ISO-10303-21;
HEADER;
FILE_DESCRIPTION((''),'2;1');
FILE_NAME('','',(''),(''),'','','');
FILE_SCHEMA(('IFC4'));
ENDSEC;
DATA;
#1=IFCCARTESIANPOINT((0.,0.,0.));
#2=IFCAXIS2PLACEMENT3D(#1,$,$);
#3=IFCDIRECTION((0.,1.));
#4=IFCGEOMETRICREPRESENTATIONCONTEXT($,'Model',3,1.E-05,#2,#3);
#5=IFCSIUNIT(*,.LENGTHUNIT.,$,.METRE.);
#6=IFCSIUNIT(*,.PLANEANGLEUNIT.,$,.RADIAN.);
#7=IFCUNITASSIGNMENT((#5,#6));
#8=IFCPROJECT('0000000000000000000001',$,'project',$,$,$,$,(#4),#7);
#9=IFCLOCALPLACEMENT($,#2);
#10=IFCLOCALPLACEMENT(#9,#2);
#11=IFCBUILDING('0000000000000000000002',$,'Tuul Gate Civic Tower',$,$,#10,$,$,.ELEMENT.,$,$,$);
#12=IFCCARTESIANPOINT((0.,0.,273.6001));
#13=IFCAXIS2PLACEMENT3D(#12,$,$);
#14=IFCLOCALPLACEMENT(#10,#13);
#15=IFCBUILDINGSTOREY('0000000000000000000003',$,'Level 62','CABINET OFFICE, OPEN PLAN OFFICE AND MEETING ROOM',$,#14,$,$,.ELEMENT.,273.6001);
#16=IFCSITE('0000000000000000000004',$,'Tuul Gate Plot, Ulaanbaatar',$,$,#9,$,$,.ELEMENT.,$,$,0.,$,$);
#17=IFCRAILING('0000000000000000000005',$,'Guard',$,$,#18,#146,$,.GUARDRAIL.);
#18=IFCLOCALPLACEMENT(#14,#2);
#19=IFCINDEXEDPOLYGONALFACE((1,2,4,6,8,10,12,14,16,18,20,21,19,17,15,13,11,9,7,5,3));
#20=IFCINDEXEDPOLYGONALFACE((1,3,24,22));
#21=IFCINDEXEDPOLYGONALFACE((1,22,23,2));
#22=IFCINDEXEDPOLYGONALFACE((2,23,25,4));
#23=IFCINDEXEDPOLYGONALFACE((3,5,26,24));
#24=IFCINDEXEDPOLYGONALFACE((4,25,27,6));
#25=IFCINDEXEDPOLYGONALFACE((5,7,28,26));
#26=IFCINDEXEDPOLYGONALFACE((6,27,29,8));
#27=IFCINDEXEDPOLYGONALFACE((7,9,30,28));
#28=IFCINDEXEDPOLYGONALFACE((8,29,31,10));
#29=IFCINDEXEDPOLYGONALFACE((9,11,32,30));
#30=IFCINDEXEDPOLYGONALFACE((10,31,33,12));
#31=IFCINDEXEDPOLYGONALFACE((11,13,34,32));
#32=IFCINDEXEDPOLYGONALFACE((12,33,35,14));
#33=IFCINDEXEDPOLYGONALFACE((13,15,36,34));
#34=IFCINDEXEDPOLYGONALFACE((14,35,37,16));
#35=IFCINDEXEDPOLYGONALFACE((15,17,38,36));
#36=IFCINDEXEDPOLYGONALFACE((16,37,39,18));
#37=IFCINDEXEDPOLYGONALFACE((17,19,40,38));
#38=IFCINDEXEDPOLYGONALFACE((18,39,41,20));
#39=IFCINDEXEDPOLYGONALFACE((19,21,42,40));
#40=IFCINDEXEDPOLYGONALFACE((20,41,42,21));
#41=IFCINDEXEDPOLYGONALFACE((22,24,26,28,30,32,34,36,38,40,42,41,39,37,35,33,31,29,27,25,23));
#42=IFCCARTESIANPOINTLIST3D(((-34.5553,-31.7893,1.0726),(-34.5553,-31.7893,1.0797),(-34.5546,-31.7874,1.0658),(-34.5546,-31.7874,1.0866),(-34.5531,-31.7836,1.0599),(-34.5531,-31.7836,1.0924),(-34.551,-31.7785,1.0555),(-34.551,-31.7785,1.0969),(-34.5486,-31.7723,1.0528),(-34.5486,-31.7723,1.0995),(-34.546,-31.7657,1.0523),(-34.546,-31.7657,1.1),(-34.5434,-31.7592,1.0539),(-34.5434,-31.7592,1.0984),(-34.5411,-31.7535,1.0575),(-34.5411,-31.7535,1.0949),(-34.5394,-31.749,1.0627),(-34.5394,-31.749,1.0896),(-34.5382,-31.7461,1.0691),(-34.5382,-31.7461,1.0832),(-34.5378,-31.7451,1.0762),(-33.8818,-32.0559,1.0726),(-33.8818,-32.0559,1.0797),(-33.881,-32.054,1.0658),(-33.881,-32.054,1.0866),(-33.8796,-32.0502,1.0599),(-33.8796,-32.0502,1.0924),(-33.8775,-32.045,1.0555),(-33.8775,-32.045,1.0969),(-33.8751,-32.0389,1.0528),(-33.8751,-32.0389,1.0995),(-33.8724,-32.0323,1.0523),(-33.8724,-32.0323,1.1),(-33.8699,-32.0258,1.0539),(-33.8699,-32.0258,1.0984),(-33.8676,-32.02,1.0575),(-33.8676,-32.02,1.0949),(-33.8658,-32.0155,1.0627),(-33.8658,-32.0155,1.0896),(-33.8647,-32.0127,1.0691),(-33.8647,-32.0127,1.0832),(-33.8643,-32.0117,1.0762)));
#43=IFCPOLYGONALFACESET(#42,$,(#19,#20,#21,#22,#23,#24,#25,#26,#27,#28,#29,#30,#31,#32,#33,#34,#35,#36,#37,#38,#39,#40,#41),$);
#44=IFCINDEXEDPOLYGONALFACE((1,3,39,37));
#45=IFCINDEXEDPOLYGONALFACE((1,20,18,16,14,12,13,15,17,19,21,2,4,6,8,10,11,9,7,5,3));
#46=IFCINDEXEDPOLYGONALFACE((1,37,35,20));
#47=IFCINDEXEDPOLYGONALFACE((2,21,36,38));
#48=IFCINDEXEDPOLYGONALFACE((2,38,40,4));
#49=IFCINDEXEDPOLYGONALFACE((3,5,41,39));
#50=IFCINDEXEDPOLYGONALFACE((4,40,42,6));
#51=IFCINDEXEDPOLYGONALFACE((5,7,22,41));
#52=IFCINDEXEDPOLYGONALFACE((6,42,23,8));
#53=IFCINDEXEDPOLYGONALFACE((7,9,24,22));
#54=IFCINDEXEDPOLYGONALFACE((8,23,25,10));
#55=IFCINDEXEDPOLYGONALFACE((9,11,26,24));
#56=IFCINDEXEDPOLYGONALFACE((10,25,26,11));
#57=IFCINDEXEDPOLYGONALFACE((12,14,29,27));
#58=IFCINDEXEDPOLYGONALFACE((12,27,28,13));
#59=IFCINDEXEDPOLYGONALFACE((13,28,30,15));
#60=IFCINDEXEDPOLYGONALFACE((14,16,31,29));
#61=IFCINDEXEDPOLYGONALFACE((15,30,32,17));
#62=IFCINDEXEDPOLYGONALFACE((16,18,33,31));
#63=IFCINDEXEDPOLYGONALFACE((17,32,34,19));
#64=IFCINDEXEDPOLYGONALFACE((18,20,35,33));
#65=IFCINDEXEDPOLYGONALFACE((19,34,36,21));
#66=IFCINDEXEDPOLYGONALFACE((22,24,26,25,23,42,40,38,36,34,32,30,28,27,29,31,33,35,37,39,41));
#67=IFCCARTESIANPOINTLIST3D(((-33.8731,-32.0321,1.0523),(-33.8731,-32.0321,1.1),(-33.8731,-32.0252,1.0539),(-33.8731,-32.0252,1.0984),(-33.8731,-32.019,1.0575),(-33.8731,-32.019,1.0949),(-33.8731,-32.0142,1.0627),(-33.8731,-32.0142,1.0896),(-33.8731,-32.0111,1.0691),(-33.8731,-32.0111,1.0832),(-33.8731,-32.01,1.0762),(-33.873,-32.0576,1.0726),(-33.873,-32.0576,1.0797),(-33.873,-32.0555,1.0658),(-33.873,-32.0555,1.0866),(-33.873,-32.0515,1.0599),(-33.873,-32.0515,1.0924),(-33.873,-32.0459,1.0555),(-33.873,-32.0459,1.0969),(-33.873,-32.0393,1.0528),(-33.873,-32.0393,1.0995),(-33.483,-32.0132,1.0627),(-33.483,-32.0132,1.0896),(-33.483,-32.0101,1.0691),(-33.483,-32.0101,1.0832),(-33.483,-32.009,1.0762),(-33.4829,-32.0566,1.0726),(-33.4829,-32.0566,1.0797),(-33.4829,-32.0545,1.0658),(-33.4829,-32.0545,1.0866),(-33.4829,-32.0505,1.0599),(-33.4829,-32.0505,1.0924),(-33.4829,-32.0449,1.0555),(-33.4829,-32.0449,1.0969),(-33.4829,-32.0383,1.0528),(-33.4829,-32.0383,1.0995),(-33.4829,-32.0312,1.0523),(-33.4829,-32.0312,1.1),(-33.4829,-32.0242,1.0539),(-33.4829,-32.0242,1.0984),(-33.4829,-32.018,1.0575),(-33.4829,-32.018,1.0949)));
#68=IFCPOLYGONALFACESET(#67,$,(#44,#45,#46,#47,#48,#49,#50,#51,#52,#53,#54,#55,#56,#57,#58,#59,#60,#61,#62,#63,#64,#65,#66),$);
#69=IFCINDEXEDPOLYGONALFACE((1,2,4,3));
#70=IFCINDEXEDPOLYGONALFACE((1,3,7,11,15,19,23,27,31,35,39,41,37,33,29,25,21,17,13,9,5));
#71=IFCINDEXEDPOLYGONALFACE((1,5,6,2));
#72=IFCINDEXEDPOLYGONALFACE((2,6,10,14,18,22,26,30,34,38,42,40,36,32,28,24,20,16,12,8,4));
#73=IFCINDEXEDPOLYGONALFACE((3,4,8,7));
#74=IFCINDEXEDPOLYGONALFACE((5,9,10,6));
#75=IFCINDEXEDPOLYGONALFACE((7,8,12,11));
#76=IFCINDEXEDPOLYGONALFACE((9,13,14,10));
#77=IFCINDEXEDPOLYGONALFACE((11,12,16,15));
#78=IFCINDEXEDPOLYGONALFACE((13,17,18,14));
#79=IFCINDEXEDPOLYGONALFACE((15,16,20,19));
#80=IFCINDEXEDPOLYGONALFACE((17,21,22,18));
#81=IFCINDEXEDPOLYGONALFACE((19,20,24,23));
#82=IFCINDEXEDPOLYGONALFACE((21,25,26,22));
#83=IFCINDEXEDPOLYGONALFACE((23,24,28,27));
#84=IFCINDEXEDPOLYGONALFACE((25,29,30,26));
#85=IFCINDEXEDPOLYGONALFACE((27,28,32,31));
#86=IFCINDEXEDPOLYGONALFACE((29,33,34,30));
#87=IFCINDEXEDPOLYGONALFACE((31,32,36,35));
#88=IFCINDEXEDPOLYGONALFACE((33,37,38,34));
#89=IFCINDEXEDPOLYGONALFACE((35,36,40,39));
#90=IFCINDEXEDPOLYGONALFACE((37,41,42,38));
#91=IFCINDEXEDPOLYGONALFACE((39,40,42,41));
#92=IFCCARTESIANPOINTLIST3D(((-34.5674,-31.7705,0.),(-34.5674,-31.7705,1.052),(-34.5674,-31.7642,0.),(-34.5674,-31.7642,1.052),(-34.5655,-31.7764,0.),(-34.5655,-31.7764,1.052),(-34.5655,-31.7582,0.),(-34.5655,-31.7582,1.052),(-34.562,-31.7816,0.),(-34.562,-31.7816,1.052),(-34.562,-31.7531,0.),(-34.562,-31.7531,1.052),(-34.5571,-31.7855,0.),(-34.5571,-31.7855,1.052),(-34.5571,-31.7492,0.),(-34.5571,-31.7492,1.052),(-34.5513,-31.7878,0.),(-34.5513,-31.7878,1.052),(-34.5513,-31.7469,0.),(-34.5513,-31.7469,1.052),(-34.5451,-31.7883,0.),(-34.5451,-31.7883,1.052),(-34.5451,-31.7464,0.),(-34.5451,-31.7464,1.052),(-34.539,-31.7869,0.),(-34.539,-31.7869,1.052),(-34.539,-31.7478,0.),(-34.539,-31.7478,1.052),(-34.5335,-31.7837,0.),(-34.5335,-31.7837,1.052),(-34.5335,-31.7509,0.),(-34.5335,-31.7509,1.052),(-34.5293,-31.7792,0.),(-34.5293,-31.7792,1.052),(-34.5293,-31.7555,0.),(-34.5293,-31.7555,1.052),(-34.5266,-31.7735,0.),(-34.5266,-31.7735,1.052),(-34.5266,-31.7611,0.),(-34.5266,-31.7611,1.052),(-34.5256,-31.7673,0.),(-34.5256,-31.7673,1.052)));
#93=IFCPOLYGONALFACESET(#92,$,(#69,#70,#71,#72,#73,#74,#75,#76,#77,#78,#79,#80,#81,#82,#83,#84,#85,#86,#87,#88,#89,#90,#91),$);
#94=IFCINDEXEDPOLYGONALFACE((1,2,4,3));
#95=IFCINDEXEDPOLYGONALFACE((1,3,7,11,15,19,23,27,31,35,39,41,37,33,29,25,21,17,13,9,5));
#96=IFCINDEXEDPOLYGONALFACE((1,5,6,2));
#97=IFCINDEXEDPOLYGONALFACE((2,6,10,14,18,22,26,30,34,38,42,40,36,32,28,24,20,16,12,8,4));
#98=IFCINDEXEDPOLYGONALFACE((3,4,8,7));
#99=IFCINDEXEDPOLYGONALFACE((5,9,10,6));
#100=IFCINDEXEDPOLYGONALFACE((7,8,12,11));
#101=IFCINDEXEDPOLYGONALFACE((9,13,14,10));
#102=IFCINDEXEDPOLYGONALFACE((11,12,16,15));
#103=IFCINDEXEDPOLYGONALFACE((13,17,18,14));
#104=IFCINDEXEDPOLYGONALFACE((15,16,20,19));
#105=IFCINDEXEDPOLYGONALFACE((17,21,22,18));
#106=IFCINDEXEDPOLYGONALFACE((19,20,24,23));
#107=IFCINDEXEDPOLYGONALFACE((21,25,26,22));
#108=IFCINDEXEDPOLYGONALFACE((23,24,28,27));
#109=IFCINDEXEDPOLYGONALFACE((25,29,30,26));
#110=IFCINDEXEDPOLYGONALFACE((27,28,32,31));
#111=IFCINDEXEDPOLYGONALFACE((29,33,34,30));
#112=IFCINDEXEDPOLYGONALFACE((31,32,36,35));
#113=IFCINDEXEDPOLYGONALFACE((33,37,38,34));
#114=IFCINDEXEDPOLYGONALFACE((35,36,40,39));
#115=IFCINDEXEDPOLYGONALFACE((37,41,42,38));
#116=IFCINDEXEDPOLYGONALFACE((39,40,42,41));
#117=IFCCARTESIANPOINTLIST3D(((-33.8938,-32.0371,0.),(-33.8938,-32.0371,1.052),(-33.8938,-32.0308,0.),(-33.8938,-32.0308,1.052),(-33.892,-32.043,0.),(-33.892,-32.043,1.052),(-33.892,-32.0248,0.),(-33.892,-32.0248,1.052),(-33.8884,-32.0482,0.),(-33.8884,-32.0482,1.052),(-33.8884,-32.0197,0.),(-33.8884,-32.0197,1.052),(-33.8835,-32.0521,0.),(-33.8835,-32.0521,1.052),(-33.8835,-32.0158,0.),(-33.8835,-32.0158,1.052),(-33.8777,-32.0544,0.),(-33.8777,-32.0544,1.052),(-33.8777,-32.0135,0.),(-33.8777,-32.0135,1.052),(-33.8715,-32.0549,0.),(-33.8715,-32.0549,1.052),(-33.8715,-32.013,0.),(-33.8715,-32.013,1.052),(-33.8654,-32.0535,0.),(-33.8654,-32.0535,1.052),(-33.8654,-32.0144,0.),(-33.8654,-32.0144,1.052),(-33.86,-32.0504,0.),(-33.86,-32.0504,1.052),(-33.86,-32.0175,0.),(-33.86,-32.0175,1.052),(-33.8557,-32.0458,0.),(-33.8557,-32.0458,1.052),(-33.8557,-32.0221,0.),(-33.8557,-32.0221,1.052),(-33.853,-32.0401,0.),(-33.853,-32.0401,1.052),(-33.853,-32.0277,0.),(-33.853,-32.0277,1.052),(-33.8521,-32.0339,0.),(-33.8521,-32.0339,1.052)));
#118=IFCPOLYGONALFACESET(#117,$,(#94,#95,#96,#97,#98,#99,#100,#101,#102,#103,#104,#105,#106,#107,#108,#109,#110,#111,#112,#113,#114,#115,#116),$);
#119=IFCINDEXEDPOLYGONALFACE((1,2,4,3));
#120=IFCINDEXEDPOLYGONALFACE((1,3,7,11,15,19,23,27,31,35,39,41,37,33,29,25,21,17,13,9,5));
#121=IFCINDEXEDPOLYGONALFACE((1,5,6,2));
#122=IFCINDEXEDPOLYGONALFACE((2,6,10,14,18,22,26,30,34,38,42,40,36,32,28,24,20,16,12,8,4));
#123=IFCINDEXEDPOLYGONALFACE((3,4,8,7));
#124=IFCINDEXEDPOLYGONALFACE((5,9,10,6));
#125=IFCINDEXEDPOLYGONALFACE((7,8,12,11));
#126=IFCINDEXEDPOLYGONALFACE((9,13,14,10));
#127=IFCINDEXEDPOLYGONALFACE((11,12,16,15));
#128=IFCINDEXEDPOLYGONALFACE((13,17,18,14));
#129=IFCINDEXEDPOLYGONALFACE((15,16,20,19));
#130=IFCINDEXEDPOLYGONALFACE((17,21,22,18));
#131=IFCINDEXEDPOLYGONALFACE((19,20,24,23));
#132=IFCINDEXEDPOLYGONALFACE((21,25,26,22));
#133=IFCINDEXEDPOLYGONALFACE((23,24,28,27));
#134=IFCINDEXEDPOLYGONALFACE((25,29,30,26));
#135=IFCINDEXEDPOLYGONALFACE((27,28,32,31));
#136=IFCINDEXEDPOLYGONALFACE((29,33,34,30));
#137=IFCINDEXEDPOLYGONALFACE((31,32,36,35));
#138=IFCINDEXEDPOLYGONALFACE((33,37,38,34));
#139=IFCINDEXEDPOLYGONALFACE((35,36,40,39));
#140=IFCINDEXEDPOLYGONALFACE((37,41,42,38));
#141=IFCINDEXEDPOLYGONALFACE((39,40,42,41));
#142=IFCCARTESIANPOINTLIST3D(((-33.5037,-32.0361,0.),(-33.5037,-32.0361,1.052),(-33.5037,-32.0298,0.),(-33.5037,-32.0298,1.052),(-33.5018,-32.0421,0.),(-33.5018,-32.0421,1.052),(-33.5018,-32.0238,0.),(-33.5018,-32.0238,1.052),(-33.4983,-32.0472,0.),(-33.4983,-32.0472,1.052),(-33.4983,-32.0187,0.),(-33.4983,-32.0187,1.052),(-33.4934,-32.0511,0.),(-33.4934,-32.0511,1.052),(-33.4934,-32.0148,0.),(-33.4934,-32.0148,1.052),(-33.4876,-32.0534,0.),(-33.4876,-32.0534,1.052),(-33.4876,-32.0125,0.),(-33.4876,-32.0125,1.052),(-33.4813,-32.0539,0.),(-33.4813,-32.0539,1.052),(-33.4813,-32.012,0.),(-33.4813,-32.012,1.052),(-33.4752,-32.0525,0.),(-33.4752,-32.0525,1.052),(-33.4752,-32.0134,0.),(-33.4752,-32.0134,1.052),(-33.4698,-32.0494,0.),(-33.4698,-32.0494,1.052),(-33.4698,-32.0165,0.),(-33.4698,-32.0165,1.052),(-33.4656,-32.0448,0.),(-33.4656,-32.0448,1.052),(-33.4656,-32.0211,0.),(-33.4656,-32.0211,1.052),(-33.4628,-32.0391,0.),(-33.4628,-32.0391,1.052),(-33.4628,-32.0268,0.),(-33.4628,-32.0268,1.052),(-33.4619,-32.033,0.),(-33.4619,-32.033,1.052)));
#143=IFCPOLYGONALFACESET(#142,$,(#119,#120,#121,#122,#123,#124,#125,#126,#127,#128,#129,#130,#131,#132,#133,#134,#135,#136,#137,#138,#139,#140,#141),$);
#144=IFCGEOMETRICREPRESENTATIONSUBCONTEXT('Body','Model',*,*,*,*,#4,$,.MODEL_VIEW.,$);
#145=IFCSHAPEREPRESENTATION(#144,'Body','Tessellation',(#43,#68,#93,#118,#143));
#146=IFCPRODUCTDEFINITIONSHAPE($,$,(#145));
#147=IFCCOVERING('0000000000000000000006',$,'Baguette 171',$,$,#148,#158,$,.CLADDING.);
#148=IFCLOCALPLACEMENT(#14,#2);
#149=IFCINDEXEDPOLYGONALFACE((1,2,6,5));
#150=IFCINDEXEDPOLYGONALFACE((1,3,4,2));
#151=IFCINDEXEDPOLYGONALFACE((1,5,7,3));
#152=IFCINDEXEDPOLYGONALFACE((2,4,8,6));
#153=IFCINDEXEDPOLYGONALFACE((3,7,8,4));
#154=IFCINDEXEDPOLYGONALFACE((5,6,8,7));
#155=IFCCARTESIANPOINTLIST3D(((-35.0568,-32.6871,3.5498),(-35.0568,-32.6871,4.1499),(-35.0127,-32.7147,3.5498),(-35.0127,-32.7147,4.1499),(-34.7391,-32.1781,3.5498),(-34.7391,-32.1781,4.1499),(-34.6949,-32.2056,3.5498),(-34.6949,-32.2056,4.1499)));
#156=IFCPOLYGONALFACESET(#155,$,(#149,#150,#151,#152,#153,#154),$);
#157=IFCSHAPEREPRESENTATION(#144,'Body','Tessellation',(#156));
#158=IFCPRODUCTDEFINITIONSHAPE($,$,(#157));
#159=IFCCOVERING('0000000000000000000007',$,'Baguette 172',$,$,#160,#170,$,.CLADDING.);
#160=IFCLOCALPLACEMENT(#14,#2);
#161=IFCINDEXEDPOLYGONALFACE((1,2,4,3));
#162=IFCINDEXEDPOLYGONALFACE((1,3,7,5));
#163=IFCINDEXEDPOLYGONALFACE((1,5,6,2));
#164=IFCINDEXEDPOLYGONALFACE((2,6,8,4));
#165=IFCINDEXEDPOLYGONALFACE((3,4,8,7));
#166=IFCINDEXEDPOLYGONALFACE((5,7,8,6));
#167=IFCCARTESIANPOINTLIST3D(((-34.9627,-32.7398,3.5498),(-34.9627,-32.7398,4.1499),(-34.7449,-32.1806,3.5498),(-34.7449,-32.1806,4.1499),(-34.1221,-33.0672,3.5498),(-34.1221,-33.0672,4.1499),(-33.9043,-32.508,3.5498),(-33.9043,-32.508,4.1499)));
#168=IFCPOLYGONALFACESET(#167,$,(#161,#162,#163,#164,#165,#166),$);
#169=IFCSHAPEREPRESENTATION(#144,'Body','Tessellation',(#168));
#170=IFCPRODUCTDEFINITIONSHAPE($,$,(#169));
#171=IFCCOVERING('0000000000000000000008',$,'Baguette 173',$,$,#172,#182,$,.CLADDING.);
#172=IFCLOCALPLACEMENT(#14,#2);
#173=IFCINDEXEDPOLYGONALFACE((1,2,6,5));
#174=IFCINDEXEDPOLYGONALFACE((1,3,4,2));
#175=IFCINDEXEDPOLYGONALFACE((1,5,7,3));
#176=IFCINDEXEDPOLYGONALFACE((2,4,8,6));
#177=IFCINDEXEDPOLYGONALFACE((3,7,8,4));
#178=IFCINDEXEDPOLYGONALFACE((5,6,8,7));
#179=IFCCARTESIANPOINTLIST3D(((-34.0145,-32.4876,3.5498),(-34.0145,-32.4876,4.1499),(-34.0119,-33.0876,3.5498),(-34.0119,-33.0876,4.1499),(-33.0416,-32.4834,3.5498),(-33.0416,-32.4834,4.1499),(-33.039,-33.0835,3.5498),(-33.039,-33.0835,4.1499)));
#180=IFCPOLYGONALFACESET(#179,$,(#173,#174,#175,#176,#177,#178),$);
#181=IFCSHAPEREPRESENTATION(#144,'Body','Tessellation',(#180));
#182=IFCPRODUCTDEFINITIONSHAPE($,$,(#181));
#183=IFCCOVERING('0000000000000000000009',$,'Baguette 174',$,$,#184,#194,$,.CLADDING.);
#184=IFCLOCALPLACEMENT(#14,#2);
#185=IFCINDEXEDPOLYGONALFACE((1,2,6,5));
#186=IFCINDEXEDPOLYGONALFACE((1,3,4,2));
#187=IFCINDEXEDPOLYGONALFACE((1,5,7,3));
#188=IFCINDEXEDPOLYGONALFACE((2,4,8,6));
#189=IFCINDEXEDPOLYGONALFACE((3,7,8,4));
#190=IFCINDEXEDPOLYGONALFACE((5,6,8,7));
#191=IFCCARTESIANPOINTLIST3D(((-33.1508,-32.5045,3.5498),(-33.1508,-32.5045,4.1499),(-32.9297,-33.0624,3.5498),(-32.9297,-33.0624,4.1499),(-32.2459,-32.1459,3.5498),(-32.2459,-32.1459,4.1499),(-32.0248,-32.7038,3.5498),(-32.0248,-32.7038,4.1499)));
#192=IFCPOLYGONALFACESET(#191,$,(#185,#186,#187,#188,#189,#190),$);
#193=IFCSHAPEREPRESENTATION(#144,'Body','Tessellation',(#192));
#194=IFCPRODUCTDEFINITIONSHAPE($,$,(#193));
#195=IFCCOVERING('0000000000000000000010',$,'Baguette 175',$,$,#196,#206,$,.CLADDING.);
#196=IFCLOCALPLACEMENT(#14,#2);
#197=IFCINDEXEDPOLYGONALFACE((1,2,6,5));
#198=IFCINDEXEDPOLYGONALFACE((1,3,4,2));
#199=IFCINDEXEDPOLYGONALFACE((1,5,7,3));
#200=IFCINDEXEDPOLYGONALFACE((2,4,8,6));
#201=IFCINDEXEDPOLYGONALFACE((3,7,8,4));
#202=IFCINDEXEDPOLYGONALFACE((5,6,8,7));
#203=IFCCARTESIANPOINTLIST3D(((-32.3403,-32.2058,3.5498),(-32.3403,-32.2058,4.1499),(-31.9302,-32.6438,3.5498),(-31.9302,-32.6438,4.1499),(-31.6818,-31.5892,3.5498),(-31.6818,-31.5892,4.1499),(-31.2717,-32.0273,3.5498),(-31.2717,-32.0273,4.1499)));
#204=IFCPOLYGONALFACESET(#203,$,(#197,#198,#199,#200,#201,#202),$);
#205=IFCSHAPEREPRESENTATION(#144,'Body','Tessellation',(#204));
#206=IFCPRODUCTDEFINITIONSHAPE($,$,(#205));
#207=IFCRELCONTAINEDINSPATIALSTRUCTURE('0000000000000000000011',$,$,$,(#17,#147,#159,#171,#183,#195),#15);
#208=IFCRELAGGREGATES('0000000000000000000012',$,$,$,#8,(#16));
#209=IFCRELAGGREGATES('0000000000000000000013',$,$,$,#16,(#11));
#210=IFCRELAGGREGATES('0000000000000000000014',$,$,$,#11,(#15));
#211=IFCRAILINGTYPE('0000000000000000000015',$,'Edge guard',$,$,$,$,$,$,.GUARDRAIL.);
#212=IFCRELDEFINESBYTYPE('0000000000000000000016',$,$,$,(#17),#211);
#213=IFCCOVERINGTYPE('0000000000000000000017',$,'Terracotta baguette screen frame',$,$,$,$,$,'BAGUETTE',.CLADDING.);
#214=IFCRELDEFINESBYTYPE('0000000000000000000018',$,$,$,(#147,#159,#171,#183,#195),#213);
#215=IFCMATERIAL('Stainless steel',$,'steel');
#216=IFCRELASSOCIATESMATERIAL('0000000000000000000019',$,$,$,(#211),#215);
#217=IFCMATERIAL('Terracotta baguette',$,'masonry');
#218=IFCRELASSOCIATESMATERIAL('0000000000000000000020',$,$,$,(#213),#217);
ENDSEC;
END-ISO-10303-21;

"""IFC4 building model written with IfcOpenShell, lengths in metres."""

from ifc_helpers import new_model, si_unit, direction, frame, origin, origin_2d, place, context, subcontext, project, spatial, rectangle, circle, extrude, material, material_profile, profile_set, type_object, element, save


model = new_model("IFC4")

# Units and contexts
model_context = context("Model", 3, precision=1e-05, world=origin(), true_north=direction((0.0, 1.0)))
body_context = subcontext(model_context, "Body", "Model", "MODEL_VIEW")
ifc_project = project(units=[si_unit("LENGTHUNIT", "METRE"), si_unit("PLANEANGLEUNIT", "RADIAN")], contexts=[model_context])

# Site, building, storey
site_placement = place(None, origin())
site = spatial("IfcSite", under=ifc_project, at=site_placement, Name="Tuul Gate Plot, Ulaanbaatar", CompositionType="ELEMENT", RefElevation=0.0)
building_placement = place(site_placement, origin())
building = spatial("IfcBuilding", under=site, at=building_placement, Name="Tuul Gate Civic Tower", CompositionType="ELEMENT")
storey_placement = place(building_placement, frame((0.0, 0.0, 273.6001)))
storey = spatial("IfcBuildingStorey", under=building, at=storey_placement, Name="Level 62", Description="CABINET OFFICE, OPEN PLAN OFFICE AND MEETING ROOM", CompositionType="ELEMENT", Elevation=273.6001)

# Railing
ifc_material_1 = material(Name="Stainless steel", Category="steel")
railing_type = type_object("IfcRailingType", Name="Edge guard", PredefinedType="GUARDRAIL", material=ifc_material_1)
railing_1_placement = place(storey_placement, frame((-34.5466, -31.7673, 0.0)))
element("IfcRailing", 1, at=railing_1_placement, inside=storey, type_object=railing_type, Name="Guard", PredefinedType="GUARDRAIL", context=body_context, shape_type="SweptSolid", body=[
    extrude(circle(Radius=0.0239, at=origin_2d()), frame((0.0, 0.0, 1.0762), z_axis=(0.929819, -0.368018, 0.0), x_axis=(0.368018, 0.929819, 0.0)), (0.0, 0.0, 1.0), 0.7244),
    extrude(circle(Radius=0.0239, at=origin_2d()), frame((0.6736, -0.2666, 1.0762), z_axis=(0.999997, 0.002503, 0.0), x_axis=(-0.002503, 0.999997, 0.0)), (0.0, 0.0, 1.0), 0.3901),
    extrude(circle(Radius=0.021, at=origin_2d()), origin(), (0.0, 0.0, 1.0), 1.052),
    extrude(circle(Radius=0.021, at=origin_2d()), frame((0.6736, -0.2666, 0.0)), (0.0, 0.0, 1.0), 1.052),
    extrude(circle(Radius=0.021, at=origin_2d()), frame((1.0637, -0.2656, 0.0)), (0.0, 0.0, 1.0), 1.052),
])

# Coverings
ifc_material_2 = material(Name="Terracotta baguette", Category="masonry")
ifc_material_profile_1 = material_profile(ifc_material_2, rectangle(XDim=0.6001, YDim=0.6001, at=origin_2d()), Name="Terracotta baguette screen frame")
ifc_profile_set_1 = profile_set([ifc_material_profile_1], Name="Terracotta baguette")
covering_type = type_object("IfcCoveringType", Name="Terracotta baguette screen frame", ElementType="BAGUETTE", PredefinedType="CLADDING", material=ifc_profile_set_1)
covering_1_placement = place(storey_placement, frame((-34.8979, -32.4326, 3.8499), z_axis=(0.848261, -0.529578, 0.0), x_axis=(0.529578, 0.848261, 0.0)))
element("IfcCovering", 2, at=covering_1_placement, inside=storey, type_object=covering_type, Name="Baguette 171", PredefinedType="CLADDING", context=body_context, shape_type="SweptSolid", body=[
    extrude(rectangle(XDim=0.6001, YDim=0.6001, at=origin_2d()), origin(), (0.0, 0.0, 1.0), 0.052),
])
covering_2_placement = place(storey_placement, frame((-34.8538, -32.4602, 3.8499), z_axis=(0.931817, -0.362929, 0.0), x_axis=(0.362929, 0.931817, 0.0)))
element("IfcCovering", 3, at=covering_2_placement, inside=storey, type_object=covering_type, Name="Baguette 172", PredefinedType="CLADDING", context=body_context, shape_type="SweptSolid", body=[
    extrude(rectangle(XDim=0.6001, YDim=0.6001, at=origin_2d()), origin(), (0.0, 0.0, 1.0), 0.9021),
])
covering_3_placement = place(storey_placement, frame((-34.0132, -32.7876, 3.8499), z_axis=(0.999991, 0.004266, 0.0), x_axis=(-0.004266, 0.999991, 0.0)))
element("IfcCovering", 4, at=covering_3_placement, inside=storey, type_object=covering_type, Name="Baguette 173", PredefinedType="CLADDING", context=body_context, shape_type="SweptSolid", body=[
    extrude(rectangle(XDim=0.6001, YDim=0.6001, at=origin_2d()), origin(), (0.0, 0.0, 1.0), 0.9729),
])
covering_4_placement = place(storey_placement, frame((-33.0403, -32.7834, 3.8499), z_axis=(0.929665, 0.368405, 0.0), x_axis=(-0.368405, 0.929665, 0.0)))
element("IfcCovering", 5, at=covering_4_placement, inside=storey, type_object=covering_type, Name="Baguette 174", PredefinedType="CLADDING", context=body_context, shape_type="SweptSolid", body=[
    extrude(rectangle(XDim=0.6001, YDim=0.6001, at=origin_2d()), origin(), (0.0, 0.0, 1.0), 0.9734),
])
covering_5_placement = place(storey_placement, frame((-32.1353, -32.4248, 3.8499), z_axis=(0.730001, 0.683446, 0.0), x_axis=(-0.683446, 0.730001, 0.0)))
element("IfcCovering", 6, at=covering_5_placement, inside=storey, type_object=covering_type, Name="Baguette 175", PredefinedType="CLADDING", context=body_context, shape_type="SweptSolid", body=[
    extrude(rectangle(XDim=0.6001, YDim=0.6001, at=origin_2d()), origin(), (0.0, 0.0, 1.0), 0.9021),
])

save(model, "model.ifc")
